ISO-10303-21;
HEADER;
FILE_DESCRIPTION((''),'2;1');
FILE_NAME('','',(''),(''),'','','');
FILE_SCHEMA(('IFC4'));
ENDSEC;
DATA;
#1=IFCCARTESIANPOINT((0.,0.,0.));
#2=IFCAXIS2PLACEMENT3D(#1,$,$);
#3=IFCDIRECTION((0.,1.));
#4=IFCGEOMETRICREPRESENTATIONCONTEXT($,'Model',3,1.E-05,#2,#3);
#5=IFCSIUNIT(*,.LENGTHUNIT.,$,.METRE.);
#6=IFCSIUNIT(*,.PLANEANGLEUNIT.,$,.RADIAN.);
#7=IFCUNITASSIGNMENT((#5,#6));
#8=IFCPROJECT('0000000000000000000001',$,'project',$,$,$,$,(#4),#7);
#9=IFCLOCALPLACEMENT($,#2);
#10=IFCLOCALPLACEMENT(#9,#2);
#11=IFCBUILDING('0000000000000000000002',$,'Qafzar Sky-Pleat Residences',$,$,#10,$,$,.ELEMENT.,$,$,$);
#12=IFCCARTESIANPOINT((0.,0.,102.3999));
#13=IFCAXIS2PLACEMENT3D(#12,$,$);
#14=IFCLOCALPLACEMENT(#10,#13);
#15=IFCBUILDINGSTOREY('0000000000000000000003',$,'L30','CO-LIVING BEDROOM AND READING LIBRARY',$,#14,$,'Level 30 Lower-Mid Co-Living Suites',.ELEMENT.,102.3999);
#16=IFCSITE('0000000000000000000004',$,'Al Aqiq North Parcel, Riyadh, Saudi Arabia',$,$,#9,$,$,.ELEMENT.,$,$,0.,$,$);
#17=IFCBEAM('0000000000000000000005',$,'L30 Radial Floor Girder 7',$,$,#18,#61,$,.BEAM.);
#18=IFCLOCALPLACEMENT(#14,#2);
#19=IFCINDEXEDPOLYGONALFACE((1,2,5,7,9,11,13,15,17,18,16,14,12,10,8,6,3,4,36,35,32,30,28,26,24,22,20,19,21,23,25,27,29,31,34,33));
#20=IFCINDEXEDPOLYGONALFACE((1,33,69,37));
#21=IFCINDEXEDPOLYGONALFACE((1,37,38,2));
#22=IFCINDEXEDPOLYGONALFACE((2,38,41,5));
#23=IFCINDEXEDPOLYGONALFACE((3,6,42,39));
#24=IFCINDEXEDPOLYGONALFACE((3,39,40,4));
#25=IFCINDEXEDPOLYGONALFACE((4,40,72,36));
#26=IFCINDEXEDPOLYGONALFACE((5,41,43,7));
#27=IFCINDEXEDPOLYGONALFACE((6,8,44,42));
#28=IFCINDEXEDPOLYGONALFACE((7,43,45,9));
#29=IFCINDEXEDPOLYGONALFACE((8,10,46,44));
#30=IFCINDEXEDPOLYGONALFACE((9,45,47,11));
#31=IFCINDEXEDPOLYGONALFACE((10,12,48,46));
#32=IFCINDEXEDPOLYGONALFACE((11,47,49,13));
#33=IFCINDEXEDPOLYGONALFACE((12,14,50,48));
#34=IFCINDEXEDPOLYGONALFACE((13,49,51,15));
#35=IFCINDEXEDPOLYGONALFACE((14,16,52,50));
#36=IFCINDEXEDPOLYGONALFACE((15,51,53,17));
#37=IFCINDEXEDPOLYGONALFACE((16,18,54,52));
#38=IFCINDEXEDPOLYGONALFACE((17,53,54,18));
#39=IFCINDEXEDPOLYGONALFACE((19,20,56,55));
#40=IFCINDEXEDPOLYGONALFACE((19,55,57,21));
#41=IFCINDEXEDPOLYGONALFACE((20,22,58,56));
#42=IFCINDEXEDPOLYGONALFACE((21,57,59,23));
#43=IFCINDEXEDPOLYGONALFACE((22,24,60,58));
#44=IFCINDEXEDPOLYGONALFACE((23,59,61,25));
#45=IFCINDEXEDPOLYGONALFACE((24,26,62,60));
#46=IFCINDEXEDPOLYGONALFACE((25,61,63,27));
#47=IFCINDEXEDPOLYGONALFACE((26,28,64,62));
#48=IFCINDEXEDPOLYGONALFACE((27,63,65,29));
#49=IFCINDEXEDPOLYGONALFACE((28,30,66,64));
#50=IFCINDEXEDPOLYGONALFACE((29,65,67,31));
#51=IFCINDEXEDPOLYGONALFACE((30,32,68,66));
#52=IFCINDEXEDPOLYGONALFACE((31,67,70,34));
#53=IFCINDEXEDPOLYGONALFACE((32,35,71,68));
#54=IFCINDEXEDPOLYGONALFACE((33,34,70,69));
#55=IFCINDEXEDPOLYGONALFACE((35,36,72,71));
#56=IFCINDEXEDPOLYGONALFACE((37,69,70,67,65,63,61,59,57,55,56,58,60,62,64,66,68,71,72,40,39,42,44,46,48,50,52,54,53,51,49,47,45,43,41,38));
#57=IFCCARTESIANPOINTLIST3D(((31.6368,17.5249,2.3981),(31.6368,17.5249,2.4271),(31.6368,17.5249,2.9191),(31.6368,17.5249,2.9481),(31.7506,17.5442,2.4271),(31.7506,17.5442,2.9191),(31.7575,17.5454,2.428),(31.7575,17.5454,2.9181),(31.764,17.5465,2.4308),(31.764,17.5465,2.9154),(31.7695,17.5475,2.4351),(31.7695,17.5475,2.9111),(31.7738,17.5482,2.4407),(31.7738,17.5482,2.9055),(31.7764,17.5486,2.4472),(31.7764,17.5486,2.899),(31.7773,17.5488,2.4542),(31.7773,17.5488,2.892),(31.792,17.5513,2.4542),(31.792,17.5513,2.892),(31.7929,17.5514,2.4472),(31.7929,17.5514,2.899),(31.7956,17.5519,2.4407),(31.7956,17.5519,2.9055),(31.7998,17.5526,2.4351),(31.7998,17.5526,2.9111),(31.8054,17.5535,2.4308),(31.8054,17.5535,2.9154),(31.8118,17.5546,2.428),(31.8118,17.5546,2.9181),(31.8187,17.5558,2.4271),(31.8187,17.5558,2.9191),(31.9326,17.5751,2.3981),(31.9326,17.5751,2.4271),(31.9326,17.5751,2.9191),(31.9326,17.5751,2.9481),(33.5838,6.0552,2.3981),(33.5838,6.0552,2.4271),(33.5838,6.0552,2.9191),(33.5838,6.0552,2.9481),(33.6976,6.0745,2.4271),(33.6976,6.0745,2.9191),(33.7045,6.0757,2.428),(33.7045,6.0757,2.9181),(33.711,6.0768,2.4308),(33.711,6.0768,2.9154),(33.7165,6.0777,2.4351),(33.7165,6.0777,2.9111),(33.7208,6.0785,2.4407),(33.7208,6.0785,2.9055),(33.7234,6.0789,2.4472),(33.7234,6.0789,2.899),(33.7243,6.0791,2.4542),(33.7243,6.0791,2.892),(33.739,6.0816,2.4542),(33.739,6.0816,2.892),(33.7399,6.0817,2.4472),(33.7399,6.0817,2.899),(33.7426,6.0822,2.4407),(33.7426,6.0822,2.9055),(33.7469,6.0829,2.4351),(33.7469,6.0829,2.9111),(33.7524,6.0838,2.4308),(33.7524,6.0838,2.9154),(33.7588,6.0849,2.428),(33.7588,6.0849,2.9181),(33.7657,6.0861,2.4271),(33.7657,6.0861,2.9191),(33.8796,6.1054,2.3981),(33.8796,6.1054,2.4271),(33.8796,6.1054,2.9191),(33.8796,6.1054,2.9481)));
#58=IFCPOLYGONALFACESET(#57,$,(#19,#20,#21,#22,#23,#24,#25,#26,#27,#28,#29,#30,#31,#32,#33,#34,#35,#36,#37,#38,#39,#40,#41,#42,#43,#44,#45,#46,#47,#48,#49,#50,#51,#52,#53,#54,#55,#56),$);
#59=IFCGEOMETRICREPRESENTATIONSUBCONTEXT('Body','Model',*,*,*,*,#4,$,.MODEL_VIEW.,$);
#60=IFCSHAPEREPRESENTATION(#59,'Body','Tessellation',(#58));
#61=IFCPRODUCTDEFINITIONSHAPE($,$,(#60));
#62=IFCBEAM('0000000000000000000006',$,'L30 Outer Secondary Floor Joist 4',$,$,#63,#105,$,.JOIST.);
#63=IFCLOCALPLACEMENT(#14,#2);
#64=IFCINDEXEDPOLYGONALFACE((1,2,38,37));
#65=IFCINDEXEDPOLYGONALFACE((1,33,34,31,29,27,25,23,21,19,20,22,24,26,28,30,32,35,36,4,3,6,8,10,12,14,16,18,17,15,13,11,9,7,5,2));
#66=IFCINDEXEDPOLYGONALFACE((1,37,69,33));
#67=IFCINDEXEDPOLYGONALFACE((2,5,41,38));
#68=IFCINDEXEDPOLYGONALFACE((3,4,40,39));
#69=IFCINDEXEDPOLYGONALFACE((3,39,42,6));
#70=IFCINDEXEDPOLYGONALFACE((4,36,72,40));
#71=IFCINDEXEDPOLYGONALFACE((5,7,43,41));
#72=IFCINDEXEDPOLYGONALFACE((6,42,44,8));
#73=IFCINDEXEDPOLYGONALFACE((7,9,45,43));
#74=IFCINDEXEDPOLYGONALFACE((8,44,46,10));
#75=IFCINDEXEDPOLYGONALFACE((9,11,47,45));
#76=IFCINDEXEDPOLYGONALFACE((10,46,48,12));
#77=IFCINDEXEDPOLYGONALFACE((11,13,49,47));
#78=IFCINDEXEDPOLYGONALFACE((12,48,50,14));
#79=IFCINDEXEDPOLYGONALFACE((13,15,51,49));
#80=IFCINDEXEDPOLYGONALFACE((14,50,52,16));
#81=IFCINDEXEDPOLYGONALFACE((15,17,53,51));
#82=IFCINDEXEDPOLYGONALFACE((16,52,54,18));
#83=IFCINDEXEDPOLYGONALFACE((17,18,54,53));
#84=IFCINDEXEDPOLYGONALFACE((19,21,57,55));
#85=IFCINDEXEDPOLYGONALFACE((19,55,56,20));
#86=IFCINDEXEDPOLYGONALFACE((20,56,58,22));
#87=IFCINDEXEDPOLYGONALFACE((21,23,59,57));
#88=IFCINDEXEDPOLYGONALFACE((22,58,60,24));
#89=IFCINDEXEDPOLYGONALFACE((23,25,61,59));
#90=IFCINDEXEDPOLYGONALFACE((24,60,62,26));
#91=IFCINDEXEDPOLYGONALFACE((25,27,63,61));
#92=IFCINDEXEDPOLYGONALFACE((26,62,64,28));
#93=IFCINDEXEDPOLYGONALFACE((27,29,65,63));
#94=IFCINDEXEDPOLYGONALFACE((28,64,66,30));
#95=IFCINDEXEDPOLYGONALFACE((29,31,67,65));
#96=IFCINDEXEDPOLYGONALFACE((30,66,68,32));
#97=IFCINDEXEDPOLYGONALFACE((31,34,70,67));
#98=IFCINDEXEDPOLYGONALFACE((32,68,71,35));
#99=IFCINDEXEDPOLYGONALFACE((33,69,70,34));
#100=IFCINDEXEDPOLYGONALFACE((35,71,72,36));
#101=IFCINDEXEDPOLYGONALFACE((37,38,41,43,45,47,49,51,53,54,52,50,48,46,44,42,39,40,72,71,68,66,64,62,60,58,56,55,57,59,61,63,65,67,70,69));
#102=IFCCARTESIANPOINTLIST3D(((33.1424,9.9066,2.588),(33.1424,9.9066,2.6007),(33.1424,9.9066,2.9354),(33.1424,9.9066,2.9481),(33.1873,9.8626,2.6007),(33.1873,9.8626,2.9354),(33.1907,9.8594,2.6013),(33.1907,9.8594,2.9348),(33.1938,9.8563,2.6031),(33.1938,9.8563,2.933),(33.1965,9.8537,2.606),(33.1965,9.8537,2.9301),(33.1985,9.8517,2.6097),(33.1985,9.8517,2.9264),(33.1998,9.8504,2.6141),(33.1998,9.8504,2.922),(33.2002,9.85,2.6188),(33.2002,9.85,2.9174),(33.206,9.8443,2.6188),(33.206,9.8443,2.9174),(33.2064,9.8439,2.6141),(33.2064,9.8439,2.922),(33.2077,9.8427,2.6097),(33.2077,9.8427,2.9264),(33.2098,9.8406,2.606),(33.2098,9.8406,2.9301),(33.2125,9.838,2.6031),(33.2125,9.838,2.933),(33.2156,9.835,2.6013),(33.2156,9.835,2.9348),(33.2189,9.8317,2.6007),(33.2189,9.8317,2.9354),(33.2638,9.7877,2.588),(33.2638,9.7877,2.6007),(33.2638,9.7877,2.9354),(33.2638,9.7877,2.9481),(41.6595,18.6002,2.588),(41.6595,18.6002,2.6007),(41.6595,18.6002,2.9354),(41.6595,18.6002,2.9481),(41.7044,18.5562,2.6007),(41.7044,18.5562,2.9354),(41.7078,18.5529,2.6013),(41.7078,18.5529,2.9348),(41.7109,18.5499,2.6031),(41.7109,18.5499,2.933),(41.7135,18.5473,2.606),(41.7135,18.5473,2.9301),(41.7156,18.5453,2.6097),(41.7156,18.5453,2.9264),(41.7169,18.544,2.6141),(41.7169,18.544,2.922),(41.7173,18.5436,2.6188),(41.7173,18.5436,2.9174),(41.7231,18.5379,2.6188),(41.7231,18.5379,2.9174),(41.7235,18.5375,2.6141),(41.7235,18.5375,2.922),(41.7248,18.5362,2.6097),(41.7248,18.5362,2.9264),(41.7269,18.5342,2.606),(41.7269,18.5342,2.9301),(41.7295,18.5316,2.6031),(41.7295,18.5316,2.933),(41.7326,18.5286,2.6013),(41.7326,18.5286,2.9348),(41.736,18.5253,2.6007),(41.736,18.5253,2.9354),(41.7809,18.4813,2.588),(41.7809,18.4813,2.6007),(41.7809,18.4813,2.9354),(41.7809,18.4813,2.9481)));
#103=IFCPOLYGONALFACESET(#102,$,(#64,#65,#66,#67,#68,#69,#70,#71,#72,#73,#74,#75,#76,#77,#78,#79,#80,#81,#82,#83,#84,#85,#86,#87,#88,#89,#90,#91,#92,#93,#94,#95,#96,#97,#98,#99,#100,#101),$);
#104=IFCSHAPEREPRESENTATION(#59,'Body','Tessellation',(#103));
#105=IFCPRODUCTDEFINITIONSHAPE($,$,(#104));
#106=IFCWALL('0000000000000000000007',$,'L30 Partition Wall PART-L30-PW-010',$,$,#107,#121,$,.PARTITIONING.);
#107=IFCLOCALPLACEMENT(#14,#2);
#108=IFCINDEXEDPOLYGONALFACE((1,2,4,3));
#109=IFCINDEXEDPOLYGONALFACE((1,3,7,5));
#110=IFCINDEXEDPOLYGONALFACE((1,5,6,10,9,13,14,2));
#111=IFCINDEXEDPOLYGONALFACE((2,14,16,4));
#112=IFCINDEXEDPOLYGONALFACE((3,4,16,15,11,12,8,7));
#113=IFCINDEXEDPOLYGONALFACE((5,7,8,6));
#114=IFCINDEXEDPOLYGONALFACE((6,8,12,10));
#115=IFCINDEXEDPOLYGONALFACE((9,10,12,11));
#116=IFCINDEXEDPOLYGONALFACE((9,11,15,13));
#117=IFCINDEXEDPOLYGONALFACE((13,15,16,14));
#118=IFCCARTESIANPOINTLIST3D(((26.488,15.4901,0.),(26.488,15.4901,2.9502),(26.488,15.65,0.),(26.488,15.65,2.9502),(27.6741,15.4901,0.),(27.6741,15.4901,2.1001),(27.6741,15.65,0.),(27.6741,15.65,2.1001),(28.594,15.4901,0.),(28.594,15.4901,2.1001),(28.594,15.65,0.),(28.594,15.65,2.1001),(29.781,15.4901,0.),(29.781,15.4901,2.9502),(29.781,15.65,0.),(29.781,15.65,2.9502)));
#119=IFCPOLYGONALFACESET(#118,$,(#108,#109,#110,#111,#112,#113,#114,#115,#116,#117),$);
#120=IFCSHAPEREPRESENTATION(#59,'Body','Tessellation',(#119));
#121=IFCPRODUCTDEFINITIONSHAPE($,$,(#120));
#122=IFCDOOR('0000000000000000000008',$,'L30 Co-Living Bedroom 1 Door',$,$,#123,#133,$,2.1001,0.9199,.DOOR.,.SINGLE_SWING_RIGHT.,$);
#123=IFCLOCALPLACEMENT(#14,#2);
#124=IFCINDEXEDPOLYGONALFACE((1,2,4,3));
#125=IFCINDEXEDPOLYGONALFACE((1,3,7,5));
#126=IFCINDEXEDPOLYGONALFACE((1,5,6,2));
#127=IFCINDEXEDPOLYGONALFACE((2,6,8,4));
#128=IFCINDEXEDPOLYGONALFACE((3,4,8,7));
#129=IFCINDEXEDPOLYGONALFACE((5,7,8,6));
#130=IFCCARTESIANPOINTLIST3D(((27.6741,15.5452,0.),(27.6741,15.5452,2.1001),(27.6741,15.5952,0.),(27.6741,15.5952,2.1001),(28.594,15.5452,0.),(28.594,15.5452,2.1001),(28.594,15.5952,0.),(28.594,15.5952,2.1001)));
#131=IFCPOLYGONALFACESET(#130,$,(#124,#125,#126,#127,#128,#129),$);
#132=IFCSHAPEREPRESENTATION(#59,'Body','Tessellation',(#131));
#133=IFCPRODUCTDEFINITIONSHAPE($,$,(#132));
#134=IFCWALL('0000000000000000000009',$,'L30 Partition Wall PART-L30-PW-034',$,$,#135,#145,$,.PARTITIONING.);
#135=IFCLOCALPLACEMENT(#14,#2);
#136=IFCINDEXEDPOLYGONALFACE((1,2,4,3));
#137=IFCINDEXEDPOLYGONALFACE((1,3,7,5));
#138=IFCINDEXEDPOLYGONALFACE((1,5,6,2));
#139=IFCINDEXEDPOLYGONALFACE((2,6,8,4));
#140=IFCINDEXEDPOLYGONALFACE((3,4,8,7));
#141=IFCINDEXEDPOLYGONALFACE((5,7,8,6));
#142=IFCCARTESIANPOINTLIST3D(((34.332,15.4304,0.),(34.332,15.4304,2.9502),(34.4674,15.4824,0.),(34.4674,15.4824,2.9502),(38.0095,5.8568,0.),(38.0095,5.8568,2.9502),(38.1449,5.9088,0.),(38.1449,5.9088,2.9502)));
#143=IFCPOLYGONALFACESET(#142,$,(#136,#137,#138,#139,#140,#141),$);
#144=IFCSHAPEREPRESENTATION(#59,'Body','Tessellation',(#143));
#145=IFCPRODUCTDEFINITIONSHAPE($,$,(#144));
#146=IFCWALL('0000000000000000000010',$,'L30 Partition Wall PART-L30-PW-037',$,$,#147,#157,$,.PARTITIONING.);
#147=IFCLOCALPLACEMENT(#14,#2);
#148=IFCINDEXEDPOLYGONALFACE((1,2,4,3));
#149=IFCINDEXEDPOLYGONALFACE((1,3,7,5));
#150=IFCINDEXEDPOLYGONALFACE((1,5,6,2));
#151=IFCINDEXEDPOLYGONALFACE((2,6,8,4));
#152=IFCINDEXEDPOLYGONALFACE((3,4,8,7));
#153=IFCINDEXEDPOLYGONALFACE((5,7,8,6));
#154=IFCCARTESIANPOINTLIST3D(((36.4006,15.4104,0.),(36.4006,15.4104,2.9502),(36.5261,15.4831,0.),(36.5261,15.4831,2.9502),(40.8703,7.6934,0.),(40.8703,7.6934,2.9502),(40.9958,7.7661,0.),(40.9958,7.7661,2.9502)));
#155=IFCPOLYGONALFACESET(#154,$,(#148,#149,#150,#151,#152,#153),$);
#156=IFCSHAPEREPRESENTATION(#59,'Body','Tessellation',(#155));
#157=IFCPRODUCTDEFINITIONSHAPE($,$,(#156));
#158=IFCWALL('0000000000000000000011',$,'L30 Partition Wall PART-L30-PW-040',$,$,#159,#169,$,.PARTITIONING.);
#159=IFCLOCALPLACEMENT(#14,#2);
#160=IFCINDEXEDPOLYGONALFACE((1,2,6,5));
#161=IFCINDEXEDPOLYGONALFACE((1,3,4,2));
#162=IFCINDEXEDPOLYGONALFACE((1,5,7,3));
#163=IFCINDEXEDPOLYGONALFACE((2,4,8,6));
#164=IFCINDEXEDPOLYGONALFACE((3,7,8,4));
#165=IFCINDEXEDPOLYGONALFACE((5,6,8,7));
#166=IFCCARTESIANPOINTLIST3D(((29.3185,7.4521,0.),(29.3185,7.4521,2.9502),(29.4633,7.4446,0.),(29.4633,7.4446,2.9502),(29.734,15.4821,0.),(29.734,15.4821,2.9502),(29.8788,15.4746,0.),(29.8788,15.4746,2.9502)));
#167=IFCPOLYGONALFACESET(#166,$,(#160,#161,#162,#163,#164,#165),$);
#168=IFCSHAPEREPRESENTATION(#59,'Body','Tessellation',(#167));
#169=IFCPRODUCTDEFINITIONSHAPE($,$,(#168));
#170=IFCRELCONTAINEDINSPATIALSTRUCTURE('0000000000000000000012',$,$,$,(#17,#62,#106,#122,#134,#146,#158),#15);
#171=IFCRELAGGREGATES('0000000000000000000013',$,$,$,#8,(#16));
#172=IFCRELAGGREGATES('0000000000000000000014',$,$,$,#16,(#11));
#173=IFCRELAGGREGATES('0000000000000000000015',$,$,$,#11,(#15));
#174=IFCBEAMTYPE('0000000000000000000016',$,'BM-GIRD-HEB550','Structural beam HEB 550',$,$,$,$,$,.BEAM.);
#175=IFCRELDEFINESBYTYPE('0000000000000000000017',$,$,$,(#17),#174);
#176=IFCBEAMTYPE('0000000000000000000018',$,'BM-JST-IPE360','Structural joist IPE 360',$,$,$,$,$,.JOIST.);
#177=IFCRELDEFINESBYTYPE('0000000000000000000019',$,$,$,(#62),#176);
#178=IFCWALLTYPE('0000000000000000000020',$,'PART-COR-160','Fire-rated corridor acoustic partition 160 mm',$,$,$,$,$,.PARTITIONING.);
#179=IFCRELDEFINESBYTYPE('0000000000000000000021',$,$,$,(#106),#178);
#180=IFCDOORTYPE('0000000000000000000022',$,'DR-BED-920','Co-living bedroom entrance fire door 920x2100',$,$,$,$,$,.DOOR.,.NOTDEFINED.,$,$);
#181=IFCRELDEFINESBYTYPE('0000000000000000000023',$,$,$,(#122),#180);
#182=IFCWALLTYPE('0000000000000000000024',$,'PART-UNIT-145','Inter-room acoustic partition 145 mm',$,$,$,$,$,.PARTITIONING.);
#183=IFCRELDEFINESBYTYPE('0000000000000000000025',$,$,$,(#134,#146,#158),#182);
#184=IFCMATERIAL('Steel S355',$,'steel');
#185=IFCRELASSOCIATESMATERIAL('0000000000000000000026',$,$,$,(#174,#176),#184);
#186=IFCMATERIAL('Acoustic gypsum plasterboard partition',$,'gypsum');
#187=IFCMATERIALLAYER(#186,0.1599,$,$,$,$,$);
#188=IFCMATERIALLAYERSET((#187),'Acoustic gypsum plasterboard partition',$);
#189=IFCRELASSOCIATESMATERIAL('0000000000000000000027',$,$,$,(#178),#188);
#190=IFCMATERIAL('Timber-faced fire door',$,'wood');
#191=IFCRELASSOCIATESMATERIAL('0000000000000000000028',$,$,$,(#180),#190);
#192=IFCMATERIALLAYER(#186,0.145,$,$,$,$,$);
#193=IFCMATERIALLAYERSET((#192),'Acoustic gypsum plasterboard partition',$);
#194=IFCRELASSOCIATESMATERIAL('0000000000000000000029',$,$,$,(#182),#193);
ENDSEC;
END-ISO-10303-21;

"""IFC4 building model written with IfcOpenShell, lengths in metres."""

from ifc_helpers import new_model, si_unit, direction, frame, frame_2d, origin, origin_2d, place, context, subcontext, project, spatial, rectangle, i_section, extrude, source, transform, mapped, material, layer, layer_set, material_profile, profile_set, type_object, element, fill, save


model = new_model("IFC4")

# Units and contexts
model_context = context("Model", 3, precision=1e-05, world=origin(), true_north=direction((0.0, 1.0)))
body_context = subcontext(model_context, "Body", "Model", "MODEL_VIEW")
ifc_project = project(units=[si_unit("LENGTHUNIT", "METRE"), si_unit("PLANEANGLEUNIT", "RADIAN")], contexts=[model_context])

# Site, building, storey
site_placement = place(None, origin())
site = spatial("IfcSite", under=ifc_project, at=site_placement, Name="Al Aqiq North Parcel, Riyadh, Saudi Arabia", CompositionType="ELEMENT", RefElevation=0.0)
building_placement = place(site_placement, origin())
building = spatial("IfcBuilding", under=site, at=building_placement, Name="Qafzar Sky-Pleat Residences", CompositionType="ELEMENT")
storey_placement = place(building_placement, frame((0.0, 0.0, 102.3999)))
storey = spatial("IfcBuildingStorey", under=building, at=storey_placement, Name="L30", Description="CO-LIVING BEDROOM AND READING LIBRARY", LongName="Level 30 Lower-Mid Co-Living Suites", CompositionType="ELEMENT", Elevation=102.3999)

# Beams
ifc_material_1 = material(Name="Steel S355", Category="steel")
ifc_material_profile_1 = material_profile(ifc_material_1, i_section(OverallWidth=0.3, OverallDepth=0.55, WebThickness=0.0149, FlangeThickness=0.0291, FilletRadius=0.0271, at=origin_2d()), Name="HEB 550")
ifc_profile_set_1 = profile_set([ifc_material_profile_1], Name="Steel S355")
beam_type_1 = type_object("IfcBeamType", Name="BM-GIRD-HEB550", Description="Structural beam HEB 550", PredefinedType="BEAM", material=ifc_profile_set_1)
shared_shape_1 = source(origin(), body_context, "Body", "SweptSolid", [
    extrude(i_section(OverallWidth=0.3, OverallDepth=0.55, WebThickness=0.0149, FlangeThickness=0.0291, FilletRadius=0.0271, at=origin_2d()), origin(), (0.0, 0.0, 1.0), 11.6338),
])
beam_1_placement = place(storey_placement, frame((33.7317, 6.0803, 2.6731), z_axis=(-0.167359, 0.985896, 0.0), x_axis=(-0.985896, -0.167359, 0.0)))
element("IfcBeam", 1, at=beam_1_placement, inside=storey, type_object=beam_type_1, Name="L30 Radial Floor Girder 7", PredefinedType="BEAM", context=body_context, shape_type="MappedRepresentation", body=[
    mapped(shared_shape_1, transform((0.0, 0.0, 0.0), x_axis=(1.0, 0.0, 0.0), y_axis=(0.0, 1.0, 0.0), z_axis=(0.0, 0.0, 1.0), scale=1.0)),
])
ifc_material_profile_2 = material_profile(ifc_material_1, i_section(OverallWidth=0.1699, OverallDepth=0.3601, WebThickness=0.0081, FlangeThickness=0.0127, FilletRadius=0.0181, at=origin_2d()), Name="IPE 360")
ifc_profile_set_2 = profile_set([ifc_material_profile_2], Name="Steel S355")
beam_type_2 = type_object("IfcBeamType", Name="BM-JST-IPE360", Description="Structural joist IPE 360", PredefinedType="JOIST", material=ifc_profile_set_2)
shared_shape_2 = source(origin(), body_context, "Body", "SweptSolid", [
    extrude(i_section(OverallWidth=0.1699, OverallDepth=0.3601, WebThickness=0.0081, FlangeThickness=0.0127, FilletRadius=0.0181, at=origin_2d()), origin(), (0.0, 0.0, 1.0), 12.1704),
])
beam_2_placement = place(storey_placement, frame((33.2031, 9.8472, 2.7681), z_axis=(0.699818, 0.714321, 0.0), x_axis=(-0.714321, 0.699818, 0.0)))
element("IfcBeam", 2, at=beam_2_placement, inside=storey, type_object=beam_type_2, Name="L30 Outer Secondary Floor Joist 4", PredefinedType="JOIST", context=body_context, shape_type="MappedRepresentation", body=[
    mapped(shared_shape_2, transform((0.0, 0.0, 0.0), x_axis=(1.0, 0.0, 0.0), y_axis=(0.0, 1.0, 0.0), z_axis=(0.0, 0.0, 1.0), scale=1.0)),
])

# Wall, opening, door
ifc_material_2 = material(Name="Acoustic gypsum plasterboard partition", Category="gypsum")
ifc_layer_1 = layer(ifc_material_2, 0.1599)
ifc_layer_set_1 = layer_set([ifc_layer_1], Name="Acoustic gypsum plasterboard partition")
wall_type_1 = type_object("IfcWallType", Name="PART-COR-160", Description="Fire-rated corridor acoustic partition 160 mm", PredefinedType="PARTITIONING", material=ifc_layer_set_1)
wall_1_placement = place(storey_placement, frame((29.781, 15.5701, 0.0), z_axis=(0.0, 0.0, 1.0), x_axis=(-1.0, 0.0, 0.0)))
wall_1 = element("IfcWall", 3, at=wall_1_placement, inside=storey, type_object=wall_type_1, Name="L30 Partition Wall PART-L30-PW-010", PredefinedType="PARTITIONING", context=body_context, shape_type="SweptSolid", body=[
    extrude(rectangle(XDim=3.293, YDim=0.1599, at=frame_2d((1.6465, 0.0))), origin(), (0.0, 0.0, 1.0), 2.9502),
])
opening_1_placement = place(wall_1_placement, frame((1.187, 0.0, 0.0)))
opening_1 = element("IfcOpeningElement", 4, at=opening_1_placement, cuts=wall_1, PredefinedType="OPENING", context=body_context, shape_type="SweptSolid", body=[
    extrude(rectangle(XDim=0.9199, YDim=2.1001, at=frame_2d((0.46, 1.05))), frame((0.0, 0.0898, 0.0), z_axis=(0.0, -1.0, 0.0), x_axis=(1.0, 0.0, 0.0)), (0.0, 0.0, 1.0), 0.1799),
])
ifc_material_3 = material(Name="Timber-faced fire door", Category="wood")
door_type_1 = type_object("IfcDoorType", Name="DR-BED-920", Description="Co-living bedroom entrance fire door 920x2100", OperationType="NOTDEFINED", PredefinedType="DOOR", material=ifc_material_3)
shared_shape_3 = source(origin(), body_context, "Body", "SweptSolid", [
    extrude(rectangle(XDim=0.9199, YDim=2.1001, at=frame_2d((0.46, 1.05))), frame((0.0, 0.0249, 0.0), z_axis=(0.0, -1.0, 0.0), x_axis=(1.0, 0.0, 0.0)), (0.0, 0.0, 1.0), 0.05),
])
door_1_placement = place(opening_1_placement, origin())
door_1 = element("IfcDoor", 5, at=door_1_placement, inside=storey, type_object=door_type_1, Name="L30 Co-Living Bedroom 1 Door", OperationType="SINGLE_SWING_RIGHT", OverallHeight=2.1001, OverallWidth=0.9199, PredefinedType="DOOR", context=body_context, shape_type="MappedRepresentation", body=[
    mapped(shared_shape_3, transform((0.0, 0.0, 0.0), x_axis=(1.0, 0.0, 0.0), y_axis=(0.0, 1.0, 0.0), z_axis=(0.0, 0.0, 1.0), scale=1.0)),
])
fill(opening_1, door_1)

# Walls
ifc_layer_2 = layer(ifc_material_2, 0.145)
ifc_layer_set_2 = layer_set([ifc_layer_2], Name="Acoustic gypsum plasterboard partition")
wall_type_2 = type_object("IfcWallType", Name="PART-UNIT-145", Description="Inter-room acoustic partition 145 mm", PredefinedType="PARTITIONING", material=ifc_layer_set_2)
wall_2_placement = place(storey_placement, frame((34.3997, 15.4565, 0.0), z_axis=(0.0, 0.0, 1.0), x_axis=(0.358587, -0.933496, 0.0)))
element("IfcWall", 6, at=wall_2_placement, inside=storey, type_object=wall_type_2, Name="L30 Partition Wall PART-L30-PW-034", PredefinedType="PARTITIONING", context=body_context, shape_type="SweptSolid", body=[
    extrude(rectangle(XDim=10.2556, YDim=0.145, at=frame_2d((5.1279, 0.0))), origin(), (0.0, 0.0, 1.0), 2.9502),
])
wall_3_placement = place(storey_placement, frame((36.4634, 15.4468, 0.0), z_axis=(0.0, 0.0, 1.0), x_axis=(0.501201, -0.865331, 0.0)))
element("IfcWall", 7, at=wall_3_placement, inside=storey, type_object=wall_type_2, Name="L30 Partition Wall PART-L30-PW-037", PredefinedType="PARTITIONING", context=body_context, shape_type="SweptSolid", body=[
    extrude(rectangle(XDim=8.918, YDim=0.145, at=frame_2d((4.459, 0.0))), origin(), (0.0, 0.0, 1.0), 2.9502),
])
wall_4_placement = place(storey_placement, frame((29.3909, 7.4482, 0.0), z_axis=(0.0, 0.0, 1.0), x_axis=(0.051678, 0.998664, 0.0)))
element("IfcWall", 8, at=wall_4_placement, inside=storey, type_object=wall_type_2, Name="L30 Partition Wall PART-L30-PW-040", PredefinedType="PARTITIONING", context=body_context, shape_type="SweptSolid", body=[
    extrude(rectangle(XDim=8.0408, YDim=0.145, at=frame_2d((4.0205, 0.0))), origin(), (0.0, 0.0, 1.0), 2.9502),
])

save(model, "model.ifc")
